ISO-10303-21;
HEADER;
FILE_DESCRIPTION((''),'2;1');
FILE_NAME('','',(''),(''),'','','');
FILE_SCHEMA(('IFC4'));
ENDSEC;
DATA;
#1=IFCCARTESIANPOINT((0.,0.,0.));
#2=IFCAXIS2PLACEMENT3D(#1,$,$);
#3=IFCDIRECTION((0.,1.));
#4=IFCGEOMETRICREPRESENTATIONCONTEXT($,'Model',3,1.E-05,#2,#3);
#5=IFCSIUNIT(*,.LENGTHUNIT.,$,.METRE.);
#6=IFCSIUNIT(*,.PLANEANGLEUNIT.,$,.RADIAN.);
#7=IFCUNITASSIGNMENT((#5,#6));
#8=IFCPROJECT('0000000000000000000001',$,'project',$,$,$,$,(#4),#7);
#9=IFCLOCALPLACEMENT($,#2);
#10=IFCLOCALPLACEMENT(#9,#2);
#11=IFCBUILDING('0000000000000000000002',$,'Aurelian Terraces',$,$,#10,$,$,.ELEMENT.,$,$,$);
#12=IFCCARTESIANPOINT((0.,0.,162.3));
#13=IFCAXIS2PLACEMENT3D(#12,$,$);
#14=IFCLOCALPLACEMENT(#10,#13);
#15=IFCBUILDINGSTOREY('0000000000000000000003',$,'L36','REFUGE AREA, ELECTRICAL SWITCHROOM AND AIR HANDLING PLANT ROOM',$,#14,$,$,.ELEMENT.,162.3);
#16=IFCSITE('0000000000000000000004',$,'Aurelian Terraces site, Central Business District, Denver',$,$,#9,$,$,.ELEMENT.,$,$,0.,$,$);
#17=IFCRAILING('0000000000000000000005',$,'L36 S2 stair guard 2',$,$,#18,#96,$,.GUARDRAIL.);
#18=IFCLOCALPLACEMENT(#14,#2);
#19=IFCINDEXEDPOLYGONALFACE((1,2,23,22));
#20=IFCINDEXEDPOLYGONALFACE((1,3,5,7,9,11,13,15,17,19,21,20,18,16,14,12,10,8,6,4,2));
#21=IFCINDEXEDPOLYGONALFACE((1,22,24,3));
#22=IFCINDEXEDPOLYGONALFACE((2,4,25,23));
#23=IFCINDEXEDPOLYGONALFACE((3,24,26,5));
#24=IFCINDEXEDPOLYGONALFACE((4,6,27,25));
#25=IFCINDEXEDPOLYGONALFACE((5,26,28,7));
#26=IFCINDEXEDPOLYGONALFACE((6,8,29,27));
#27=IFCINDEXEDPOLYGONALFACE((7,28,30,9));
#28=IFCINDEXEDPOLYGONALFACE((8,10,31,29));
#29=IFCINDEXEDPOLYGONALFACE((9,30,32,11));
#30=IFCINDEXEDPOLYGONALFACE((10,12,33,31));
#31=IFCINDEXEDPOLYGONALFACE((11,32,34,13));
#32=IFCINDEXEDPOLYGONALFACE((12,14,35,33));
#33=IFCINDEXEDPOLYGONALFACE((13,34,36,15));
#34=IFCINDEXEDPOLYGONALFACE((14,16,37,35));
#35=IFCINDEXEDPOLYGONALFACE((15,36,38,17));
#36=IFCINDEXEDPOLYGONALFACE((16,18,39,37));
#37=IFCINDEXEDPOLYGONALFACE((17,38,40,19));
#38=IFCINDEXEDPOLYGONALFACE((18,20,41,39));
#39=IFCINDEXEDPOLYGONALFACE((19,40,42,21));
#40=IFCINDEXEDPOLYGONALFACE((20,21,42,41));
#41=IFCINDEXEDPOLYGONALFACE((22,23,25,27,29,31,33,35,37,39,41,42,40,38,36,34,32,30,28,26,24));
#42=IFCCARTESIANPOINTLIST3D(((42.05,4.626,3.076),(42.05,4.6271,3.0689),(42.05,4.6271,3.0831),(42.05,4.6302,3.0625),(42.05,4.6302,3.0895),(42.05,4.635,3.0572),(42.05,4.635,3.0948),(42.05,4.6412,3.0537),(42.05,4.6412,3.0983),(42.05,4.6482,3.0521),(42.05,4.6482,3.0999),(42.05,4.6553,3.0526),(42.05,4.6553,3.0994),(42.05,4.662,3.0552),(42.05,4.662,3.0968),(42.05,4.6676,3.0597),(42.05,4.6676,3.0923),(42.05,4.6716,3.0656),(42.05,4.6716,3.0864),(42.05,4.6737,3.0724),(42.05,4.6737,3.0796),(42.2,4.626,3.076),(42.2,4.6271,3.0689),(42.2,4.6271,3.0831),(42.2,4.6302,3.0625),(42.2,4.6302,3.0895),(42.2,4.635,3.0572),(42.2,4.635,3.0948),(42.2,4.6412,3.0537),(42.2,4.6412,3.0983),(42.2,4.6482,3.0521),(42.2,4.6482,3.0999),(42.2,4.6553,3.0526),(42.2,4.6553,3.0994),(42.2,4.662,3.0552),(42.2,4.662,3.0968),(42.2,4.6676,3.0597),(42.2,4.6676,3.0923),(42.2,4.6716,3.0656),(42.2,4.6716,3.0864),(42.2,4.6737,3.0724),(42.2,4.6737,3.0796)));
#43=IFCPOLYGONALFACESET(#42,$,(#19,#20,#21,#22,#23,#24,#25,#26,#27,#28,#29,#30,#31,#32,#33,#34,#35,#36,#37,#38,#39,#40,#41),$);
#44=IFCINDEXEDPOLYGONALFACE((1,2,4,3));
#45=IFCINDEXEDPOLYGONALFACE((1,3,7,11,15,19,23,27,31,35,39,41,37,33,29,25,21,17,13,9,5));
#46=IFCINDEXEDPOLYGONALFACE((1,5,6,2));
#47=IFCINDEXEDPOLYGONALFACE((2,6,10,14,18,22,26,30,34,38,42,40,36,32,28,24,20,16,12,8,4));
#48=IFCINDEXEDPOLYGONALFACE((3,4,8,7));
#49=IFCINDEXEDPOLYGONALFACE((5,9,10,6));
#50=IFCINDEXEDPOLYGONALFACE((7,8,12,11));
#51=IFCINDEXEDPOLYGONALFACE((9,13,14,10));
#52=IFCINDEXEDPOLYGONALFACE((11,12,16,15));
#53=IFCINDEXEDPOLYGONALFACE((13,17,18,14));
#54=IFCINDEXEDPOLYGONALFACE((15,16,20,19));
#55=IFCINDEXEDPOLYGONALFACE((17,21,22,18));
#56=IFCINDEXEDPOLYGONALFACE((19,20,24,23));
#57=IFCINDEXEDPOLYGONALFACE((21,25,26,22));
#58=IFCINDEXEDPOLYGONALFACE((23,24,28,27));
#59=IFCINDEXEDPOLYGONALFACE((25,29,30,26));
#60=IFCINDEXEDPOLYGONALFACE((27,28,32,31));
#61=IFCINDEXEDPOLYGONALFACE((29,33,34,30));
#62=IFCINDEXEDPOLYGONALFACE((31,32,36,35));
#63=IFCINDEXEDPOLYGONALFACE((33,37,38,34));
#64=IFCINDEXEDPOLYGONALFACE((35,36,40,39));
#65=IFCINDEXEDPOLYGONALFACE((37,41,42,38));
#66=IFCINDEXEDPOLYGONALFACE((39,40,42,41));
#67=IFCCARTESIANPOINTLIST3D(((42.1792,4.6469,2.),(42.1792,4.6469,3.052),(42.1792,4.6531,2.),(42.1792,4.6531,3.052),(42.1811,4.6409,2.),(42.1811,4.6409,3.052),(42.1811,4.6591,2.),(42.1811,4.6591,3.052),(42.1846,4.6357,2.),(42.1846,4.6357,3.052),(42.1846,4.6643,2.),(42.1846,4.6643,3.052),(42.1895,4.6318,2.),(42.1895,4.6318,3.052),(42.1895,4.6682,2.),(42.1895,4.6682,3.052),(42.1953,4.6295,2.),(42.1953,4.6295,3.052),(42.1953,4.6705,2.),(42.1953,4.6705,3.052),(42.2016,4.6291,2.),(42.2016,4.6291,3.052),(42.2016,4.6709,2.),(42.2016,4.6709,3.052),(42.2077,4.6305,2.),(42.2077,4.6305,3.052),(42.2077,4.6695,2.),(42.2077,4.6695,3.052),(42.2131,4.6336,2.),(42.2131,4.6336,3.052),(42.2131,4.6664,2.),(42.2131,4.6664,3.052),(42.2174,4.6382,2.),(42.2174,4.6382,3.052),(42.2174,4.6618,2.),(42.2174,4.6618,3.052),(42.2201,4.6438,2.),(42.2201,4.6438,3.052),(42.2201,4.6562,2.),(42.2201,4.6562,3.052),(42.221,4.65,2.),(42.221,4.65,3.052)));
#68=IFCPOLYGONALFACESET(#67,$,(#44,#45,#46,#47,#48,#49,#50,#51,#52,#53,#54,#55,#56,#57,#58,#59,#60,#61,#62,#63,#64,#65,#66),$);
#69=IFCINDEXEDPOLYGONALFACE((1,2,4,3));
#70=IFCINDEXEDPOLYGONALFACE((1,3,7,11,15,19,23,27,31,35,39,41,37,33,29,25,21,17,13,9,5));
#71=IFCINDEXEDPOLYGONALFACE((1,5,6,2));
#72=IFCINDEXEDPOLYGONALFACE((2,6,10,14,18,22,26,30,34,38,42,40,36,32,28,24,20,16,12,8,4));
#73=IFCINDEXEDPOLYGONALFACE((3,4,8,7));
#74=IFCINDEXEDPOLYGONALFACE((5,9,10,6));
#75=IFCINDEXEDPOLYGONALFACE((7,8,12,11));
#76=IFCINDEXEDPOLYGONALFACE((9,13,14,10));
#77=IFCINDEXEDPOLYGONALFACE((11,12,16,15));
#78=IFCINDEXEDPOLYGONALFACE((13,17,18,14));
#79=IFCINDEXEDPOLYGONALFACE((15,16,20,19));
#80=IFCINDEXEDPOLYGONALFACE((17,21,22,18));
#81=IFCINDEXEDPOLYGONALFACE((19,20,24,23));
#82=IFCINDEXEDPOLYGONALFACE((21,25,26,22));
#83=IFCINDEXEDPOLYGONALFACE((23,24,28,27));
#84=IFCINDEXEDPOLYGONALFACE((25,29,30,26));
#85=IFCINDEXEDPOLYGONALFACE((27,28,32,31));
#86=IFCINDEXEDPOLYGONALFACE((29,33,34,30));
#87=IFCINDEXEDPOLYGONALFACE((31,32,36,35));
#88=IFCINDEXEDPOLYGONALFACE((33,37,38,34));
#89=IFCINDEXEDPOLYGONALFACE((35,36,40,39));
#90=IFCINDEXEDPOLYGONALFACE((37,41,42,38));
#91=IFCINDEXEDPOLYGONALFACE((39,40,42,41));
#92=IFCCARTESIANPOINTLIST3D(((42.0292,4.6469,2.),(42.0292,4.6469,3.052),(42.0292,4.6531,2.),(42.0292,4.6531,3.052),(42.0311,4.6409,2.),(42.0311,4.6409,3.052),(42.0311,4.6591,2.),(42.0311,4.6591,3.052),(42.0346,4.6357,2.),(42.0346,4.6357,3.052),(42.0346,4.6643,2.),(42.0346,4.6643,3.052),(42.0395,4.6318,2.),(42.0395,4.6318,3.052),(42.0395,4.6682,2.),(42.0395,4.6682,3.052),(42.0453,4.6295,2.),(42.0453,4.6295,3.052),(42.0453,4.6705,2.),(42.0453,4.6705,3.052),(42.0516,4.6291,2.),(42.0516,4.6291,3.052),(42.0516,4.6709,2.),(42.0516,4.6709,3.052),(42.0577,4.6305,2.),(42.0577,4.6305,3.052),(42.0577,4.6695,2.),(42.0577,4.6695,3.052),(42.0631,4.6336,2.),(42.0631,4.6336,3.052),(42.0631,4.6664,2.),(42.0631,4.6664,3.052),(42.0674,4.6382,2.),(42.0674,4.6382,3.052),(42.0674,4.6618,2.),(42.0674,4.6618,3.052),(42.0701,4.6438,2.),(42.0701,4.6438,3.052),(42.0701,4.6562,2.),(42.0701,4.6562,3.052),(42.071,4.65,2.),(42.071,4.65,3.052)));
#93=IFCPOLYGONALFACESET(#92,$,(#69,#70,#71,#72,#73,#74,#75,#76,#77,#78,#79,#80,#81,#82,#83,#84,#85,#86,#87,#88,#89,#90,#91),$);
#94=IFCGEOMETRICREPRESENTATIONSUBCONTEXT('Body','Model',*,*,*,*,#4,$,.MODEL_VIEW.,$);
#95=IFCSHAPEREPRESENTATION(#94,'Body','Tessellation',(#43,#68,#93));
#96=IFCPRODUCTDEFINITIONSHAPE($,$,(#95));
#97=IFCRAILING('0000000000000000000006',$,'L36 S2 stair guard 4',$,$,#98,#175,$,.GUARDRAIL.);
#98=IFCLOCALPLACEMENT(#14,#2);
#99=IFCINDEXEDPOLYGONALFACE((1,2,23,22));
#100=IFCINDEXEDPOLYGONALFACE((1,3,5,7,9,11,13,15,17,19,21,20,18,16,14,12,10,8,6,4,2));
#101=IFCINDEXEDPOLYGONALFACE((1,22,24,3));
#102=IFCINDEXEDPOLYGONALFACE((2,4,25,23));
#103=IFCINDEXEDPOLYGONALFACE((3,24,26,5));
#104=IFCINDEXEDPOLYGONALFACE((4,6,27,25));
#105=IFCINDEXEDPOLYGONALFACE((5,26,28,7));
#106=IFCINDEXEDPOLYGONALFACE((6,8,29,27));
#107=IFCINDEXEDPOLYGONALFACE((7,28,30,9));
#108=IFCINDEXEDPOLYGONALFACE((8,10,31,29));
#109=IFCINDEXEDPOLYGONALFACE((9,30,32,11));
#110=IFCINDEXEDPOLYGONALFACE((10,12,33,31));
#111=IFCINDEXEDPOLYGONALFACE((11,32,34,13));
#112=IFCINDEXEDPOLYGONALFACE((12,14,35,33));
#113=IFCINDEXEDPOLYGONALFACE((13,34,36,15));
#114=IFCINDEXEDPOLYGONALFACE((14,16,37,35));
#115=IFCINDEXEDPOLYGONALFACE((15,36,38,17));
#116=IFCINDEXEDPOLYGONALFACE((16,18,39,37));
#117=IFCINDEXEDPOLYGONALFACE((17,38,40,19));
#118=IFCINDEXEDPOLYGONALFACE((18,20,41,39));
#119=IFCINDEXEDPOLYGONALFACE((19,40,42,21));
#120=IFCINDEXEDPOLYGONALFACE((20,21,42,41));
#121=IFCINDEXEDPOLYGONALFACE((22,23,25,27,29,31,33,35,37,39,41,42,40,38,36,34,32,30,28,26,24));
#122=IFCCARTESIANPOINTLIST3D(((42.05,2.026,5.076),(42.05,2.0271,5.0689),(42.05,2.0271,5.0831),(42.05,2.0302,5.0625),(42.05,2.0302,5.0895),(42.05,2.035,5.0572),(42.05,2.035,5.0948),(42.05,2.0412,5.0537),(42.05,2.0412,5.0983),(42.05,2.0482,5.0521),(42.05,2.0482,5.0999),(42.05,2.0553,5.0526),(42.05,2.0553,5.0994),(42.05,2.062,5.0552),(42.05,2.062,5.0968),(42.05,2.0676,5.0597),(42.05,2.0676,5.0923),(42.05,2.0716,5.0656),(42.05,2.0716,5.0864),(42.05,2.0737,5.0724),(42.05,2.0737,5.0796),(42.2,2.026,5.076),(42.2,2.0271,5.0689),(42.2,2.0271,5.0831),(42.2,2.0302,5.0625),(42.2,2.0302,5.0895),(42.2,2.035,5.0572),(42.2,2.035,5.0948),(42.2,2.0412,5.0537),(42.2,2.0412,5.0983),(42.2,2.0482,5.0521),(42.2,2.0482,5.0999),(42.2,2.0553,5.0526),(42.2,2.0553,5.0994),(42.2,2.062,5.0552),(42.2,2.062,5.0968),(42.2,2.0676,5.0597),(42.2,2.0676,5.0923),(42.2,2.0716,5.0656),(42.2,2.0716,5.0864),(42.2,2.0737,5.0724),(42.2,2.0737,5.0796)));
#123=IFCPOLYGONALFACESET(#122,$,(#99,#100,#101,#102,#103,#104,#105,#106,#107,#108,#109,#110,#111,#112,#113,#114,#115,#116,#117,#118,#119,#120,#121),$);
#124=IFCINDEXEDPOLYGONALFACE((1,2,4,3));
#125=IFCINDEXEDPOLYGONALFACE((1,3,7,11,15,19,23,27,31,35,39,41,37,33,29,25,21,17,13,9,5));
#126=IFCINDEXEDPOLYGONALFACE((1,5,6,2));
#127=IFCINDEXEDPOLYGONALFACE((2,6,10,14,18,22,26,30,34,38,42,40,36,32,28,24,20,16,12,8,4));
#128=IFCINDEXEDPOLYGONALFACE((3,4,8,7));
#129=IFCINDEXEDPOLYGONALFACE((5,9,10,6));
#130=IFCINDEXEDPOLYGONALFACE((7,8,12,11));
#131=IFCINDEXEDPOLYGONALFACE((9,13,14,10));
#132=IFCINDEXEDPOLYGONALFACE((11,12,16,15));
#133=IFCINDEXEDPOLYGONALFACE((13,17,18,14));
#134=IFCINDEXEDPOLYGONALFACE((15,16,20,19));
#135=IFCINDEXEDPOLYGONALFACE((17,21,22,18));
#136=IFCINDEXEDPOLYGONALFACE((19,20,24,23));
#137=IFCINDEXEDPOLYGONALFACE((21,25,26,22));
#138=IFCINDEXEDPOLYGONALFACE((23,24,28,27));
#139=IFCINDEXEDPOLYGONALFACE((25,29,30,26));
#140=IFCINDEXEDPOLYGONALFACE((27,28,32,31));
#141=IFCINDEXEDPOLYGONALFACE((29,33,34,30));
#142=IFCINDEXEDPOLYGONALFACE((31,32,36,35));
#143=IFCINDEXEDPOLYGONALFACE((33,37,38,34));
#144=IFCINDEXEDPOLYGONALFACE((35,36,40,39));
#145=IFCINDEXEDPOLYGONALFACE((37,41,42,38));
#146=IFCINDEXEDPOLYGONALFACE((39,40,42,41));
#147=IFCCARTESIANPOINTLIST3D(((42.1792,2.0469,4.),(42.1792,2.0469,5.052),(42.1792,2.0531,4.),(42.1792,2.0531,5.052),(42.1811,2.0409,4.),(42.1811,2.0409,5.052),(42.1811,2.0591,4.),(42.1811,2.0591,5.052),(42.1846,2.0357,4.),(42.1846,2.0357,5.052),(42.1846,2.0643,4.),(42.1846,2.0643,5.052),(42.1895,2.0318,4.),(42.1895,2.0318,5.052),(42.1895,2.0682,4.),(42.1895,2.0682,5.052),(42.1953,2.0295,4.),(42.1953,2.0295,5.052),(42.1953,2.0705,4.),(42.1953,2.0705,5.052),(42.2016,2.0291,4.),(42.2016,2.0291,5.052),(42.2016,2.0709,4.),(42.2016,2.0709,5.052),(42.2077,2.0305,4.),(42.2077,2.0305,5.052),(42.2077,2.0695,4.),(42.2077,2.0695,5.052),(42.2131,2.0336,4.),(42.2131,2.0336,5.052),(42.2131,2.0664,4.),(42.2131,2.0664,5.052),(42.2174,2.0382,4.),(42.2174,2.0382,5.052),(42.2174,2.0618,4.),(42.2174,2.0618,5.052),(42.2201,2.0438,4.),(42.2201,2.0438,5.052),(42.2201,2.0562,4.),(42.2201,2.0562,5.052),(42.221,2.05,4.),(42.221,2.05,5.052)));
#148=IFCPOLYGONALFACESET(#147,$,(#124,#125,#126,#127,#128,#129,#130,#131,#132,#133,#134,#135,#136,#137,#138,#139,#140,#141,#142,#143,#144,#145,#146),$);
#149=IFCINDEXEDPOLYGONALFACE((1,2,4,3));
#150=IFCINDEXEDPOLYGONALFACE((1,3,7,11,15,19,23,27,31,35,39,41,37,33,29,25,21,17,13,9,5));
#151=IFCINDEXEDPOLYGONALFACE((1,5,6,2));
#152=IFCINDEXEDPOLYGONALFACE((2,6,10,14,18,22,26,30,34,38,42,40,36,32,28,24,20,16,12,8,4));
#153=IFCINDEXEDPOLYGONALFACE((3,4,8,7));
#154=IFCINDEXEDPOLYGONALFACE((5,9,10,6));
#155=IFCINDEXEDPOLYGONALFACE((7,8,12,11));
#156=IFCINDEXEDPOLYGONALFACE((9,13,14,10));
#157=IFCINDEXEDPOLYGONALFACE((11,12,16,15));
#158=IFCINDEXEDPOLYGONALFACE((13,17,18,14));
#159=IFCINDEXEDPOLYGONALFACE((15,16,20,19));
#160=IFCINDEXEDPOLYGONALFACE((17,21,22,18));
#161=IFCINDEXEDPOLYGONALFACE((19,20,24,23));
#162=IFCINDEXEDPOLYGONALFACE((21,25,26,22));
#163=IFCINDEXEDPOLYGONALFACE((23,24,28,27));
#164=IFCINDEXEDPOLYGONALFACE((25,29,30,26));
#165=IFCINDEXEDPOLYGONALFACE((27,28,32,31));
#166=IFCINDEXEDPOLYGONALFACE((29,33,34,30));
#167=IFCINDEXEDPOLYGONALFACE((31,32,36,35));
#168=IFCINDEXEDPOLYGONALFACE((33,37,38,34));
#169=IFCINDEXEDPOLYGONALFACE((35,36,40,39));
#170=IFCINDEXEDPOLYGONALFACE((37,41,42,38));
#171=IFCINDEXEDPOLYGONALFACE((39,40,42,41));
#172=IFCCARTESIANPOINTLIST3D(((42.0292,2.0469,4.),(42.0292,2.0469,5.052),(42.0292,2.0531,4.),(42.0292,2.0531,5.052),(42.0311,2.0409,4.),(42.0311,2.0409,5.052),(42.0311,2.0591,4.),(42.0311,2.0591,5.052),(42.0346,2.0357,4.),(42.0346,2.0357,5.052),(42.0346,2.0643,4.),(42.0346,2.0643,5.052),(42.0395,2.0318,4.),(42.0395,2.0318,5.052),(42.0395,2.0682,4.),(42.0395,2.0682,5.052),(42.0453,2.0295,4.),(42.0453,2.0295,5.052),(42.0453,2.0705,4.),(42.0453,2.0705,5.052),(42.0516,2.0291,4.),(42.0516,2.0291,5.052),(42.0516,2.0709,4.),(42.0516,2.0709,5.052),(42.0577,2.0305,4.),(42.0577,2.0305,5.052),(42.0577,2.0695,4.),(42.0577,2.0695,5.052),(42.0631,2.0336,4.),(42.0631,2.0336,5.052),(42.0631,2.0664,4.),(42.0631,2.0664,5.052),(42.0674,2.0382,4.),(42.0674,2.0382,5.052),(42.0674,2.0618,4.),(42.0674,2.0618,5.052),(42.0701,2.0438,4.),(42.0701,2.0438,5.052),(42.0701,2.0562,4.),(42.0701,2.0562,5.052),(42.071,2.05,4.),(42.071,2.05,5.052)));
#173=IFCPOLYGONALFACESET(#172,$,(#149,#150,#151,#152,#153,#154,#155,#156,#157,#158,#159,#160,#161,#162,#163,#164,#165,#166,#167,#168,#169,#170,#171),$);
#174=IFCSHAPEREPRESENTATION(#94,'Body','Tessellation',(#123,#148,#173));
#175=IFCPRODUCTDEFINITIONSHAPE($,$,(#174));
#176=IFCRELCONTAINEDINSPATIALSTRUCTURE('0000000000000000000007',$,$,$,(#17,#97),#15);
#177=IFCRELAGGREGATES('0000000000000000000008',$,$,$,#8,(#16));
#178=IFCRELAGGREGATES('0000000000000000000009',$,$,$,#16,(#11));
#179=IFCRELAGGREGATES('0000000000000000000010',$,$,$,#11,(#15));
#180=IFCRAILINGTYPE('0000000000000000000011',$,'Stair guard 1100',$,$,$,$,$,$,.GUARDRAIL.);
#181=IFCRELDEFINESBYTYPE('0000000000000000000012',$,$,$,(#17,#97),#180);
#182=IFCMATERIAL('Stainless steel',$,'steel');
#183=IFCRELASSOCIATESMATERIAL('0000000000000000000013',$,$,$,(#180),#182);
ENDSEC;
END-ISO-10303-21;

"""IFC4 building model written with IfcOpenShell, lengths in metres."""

from ifc_helpers import new_model, si_unit, direction, frame, origin, origin_2d, place, context, subcontext, project, spatial, circle, extrude, source, transform, mapped, material, type_object, element, save


model = new_model("IFC4")

# Units and contexts
model_context = context("Model", 3, precision=1e-05, world=origin(), true_north=direction((0.0, 1.0)))
body_context = subcontext(model_context, "Body", "Model", "MODEL_VIEW")
ifc_project = project(units=[si_unit("LENGTHUNIT", "METRE"), si_unit("PLANEANGLEUNIT", "RADIAN")], contexts=[model_context])

# Site, building, storey
site_placement = place(None, origin())
site = spatial("IfcSite", under=ifc_project, at=site_placement, Name="Aurelian Terraces site, Central Business District, Denver", CompositionType="ELEMENT", RefElevation=0.0)
building_placement = place(site_placement, origin())
building = spatial("IfcBuilding", under=site, at=building_placement, Name="Aurelian Terraces", CompositionType="ELEMENT")
storey_placement = place(building_placement, frame((0.0, 0.0, 162.3)))
storey = spatial("IfcBuildingStorey", under=building, at=storey_placement, Name="L36", Description="REFUGE AREA, ELECTRICAL SWITCHROOM AND AIR HANDLING PLANT ROOM", CompositionType="ELEMENT", Elevation=162.3)

# Railings
ifc_material_1 = material(Name="Stainless steel", Category="steel")
railing_type_1 = type_object("IfcRailingType", Name="Stair guard 1100", PredefinedType="GUARDRAIL", material=ifc_material_1)
shared_shape_1 = source(origin(), body_context, "Body", "SweptSolid", [
    extrude(circle(Radius=0.024, at=origin_2d()), frame((0.0, 0.0, 1.076), z_axis=(-1.0, 0.0, 0.0), x_axis=(0.0, -1.0, 0.0)), (0.0, 0.0, 1.0), 0.15),
    extrude(circle(Radius=0.021, at=origin_2d()), origin(), (0.0, 0.0, 1.0), 1.052),
    extrude(circle(Radius=0.021, at=origin_2d()), frame((-0.15, 0.0, 0.0)), (0.0, 0.0, 1.0), 1.052),
])
for number, where, name in (
    (1, (42.2, 4.65, 2.0), "L36 S2 stair guard 2"),
    (2, (42.2, 2.05, 4.0), "L36 S2 stair guard 4"),
):
    element("IfcRailing", number, at=place(storey_placement, frame(where)), inside=storey, type_object=railing_type_1, Name=name, PredefinedType="GUARDRAIL", context=body_context, shape_type="MappedRepresentation", body=[
        mapped(shared_shape_1, transform((0.0, 0.0, 0.0), scale=1.0)),
    ])

save(model, "model.ifc")
